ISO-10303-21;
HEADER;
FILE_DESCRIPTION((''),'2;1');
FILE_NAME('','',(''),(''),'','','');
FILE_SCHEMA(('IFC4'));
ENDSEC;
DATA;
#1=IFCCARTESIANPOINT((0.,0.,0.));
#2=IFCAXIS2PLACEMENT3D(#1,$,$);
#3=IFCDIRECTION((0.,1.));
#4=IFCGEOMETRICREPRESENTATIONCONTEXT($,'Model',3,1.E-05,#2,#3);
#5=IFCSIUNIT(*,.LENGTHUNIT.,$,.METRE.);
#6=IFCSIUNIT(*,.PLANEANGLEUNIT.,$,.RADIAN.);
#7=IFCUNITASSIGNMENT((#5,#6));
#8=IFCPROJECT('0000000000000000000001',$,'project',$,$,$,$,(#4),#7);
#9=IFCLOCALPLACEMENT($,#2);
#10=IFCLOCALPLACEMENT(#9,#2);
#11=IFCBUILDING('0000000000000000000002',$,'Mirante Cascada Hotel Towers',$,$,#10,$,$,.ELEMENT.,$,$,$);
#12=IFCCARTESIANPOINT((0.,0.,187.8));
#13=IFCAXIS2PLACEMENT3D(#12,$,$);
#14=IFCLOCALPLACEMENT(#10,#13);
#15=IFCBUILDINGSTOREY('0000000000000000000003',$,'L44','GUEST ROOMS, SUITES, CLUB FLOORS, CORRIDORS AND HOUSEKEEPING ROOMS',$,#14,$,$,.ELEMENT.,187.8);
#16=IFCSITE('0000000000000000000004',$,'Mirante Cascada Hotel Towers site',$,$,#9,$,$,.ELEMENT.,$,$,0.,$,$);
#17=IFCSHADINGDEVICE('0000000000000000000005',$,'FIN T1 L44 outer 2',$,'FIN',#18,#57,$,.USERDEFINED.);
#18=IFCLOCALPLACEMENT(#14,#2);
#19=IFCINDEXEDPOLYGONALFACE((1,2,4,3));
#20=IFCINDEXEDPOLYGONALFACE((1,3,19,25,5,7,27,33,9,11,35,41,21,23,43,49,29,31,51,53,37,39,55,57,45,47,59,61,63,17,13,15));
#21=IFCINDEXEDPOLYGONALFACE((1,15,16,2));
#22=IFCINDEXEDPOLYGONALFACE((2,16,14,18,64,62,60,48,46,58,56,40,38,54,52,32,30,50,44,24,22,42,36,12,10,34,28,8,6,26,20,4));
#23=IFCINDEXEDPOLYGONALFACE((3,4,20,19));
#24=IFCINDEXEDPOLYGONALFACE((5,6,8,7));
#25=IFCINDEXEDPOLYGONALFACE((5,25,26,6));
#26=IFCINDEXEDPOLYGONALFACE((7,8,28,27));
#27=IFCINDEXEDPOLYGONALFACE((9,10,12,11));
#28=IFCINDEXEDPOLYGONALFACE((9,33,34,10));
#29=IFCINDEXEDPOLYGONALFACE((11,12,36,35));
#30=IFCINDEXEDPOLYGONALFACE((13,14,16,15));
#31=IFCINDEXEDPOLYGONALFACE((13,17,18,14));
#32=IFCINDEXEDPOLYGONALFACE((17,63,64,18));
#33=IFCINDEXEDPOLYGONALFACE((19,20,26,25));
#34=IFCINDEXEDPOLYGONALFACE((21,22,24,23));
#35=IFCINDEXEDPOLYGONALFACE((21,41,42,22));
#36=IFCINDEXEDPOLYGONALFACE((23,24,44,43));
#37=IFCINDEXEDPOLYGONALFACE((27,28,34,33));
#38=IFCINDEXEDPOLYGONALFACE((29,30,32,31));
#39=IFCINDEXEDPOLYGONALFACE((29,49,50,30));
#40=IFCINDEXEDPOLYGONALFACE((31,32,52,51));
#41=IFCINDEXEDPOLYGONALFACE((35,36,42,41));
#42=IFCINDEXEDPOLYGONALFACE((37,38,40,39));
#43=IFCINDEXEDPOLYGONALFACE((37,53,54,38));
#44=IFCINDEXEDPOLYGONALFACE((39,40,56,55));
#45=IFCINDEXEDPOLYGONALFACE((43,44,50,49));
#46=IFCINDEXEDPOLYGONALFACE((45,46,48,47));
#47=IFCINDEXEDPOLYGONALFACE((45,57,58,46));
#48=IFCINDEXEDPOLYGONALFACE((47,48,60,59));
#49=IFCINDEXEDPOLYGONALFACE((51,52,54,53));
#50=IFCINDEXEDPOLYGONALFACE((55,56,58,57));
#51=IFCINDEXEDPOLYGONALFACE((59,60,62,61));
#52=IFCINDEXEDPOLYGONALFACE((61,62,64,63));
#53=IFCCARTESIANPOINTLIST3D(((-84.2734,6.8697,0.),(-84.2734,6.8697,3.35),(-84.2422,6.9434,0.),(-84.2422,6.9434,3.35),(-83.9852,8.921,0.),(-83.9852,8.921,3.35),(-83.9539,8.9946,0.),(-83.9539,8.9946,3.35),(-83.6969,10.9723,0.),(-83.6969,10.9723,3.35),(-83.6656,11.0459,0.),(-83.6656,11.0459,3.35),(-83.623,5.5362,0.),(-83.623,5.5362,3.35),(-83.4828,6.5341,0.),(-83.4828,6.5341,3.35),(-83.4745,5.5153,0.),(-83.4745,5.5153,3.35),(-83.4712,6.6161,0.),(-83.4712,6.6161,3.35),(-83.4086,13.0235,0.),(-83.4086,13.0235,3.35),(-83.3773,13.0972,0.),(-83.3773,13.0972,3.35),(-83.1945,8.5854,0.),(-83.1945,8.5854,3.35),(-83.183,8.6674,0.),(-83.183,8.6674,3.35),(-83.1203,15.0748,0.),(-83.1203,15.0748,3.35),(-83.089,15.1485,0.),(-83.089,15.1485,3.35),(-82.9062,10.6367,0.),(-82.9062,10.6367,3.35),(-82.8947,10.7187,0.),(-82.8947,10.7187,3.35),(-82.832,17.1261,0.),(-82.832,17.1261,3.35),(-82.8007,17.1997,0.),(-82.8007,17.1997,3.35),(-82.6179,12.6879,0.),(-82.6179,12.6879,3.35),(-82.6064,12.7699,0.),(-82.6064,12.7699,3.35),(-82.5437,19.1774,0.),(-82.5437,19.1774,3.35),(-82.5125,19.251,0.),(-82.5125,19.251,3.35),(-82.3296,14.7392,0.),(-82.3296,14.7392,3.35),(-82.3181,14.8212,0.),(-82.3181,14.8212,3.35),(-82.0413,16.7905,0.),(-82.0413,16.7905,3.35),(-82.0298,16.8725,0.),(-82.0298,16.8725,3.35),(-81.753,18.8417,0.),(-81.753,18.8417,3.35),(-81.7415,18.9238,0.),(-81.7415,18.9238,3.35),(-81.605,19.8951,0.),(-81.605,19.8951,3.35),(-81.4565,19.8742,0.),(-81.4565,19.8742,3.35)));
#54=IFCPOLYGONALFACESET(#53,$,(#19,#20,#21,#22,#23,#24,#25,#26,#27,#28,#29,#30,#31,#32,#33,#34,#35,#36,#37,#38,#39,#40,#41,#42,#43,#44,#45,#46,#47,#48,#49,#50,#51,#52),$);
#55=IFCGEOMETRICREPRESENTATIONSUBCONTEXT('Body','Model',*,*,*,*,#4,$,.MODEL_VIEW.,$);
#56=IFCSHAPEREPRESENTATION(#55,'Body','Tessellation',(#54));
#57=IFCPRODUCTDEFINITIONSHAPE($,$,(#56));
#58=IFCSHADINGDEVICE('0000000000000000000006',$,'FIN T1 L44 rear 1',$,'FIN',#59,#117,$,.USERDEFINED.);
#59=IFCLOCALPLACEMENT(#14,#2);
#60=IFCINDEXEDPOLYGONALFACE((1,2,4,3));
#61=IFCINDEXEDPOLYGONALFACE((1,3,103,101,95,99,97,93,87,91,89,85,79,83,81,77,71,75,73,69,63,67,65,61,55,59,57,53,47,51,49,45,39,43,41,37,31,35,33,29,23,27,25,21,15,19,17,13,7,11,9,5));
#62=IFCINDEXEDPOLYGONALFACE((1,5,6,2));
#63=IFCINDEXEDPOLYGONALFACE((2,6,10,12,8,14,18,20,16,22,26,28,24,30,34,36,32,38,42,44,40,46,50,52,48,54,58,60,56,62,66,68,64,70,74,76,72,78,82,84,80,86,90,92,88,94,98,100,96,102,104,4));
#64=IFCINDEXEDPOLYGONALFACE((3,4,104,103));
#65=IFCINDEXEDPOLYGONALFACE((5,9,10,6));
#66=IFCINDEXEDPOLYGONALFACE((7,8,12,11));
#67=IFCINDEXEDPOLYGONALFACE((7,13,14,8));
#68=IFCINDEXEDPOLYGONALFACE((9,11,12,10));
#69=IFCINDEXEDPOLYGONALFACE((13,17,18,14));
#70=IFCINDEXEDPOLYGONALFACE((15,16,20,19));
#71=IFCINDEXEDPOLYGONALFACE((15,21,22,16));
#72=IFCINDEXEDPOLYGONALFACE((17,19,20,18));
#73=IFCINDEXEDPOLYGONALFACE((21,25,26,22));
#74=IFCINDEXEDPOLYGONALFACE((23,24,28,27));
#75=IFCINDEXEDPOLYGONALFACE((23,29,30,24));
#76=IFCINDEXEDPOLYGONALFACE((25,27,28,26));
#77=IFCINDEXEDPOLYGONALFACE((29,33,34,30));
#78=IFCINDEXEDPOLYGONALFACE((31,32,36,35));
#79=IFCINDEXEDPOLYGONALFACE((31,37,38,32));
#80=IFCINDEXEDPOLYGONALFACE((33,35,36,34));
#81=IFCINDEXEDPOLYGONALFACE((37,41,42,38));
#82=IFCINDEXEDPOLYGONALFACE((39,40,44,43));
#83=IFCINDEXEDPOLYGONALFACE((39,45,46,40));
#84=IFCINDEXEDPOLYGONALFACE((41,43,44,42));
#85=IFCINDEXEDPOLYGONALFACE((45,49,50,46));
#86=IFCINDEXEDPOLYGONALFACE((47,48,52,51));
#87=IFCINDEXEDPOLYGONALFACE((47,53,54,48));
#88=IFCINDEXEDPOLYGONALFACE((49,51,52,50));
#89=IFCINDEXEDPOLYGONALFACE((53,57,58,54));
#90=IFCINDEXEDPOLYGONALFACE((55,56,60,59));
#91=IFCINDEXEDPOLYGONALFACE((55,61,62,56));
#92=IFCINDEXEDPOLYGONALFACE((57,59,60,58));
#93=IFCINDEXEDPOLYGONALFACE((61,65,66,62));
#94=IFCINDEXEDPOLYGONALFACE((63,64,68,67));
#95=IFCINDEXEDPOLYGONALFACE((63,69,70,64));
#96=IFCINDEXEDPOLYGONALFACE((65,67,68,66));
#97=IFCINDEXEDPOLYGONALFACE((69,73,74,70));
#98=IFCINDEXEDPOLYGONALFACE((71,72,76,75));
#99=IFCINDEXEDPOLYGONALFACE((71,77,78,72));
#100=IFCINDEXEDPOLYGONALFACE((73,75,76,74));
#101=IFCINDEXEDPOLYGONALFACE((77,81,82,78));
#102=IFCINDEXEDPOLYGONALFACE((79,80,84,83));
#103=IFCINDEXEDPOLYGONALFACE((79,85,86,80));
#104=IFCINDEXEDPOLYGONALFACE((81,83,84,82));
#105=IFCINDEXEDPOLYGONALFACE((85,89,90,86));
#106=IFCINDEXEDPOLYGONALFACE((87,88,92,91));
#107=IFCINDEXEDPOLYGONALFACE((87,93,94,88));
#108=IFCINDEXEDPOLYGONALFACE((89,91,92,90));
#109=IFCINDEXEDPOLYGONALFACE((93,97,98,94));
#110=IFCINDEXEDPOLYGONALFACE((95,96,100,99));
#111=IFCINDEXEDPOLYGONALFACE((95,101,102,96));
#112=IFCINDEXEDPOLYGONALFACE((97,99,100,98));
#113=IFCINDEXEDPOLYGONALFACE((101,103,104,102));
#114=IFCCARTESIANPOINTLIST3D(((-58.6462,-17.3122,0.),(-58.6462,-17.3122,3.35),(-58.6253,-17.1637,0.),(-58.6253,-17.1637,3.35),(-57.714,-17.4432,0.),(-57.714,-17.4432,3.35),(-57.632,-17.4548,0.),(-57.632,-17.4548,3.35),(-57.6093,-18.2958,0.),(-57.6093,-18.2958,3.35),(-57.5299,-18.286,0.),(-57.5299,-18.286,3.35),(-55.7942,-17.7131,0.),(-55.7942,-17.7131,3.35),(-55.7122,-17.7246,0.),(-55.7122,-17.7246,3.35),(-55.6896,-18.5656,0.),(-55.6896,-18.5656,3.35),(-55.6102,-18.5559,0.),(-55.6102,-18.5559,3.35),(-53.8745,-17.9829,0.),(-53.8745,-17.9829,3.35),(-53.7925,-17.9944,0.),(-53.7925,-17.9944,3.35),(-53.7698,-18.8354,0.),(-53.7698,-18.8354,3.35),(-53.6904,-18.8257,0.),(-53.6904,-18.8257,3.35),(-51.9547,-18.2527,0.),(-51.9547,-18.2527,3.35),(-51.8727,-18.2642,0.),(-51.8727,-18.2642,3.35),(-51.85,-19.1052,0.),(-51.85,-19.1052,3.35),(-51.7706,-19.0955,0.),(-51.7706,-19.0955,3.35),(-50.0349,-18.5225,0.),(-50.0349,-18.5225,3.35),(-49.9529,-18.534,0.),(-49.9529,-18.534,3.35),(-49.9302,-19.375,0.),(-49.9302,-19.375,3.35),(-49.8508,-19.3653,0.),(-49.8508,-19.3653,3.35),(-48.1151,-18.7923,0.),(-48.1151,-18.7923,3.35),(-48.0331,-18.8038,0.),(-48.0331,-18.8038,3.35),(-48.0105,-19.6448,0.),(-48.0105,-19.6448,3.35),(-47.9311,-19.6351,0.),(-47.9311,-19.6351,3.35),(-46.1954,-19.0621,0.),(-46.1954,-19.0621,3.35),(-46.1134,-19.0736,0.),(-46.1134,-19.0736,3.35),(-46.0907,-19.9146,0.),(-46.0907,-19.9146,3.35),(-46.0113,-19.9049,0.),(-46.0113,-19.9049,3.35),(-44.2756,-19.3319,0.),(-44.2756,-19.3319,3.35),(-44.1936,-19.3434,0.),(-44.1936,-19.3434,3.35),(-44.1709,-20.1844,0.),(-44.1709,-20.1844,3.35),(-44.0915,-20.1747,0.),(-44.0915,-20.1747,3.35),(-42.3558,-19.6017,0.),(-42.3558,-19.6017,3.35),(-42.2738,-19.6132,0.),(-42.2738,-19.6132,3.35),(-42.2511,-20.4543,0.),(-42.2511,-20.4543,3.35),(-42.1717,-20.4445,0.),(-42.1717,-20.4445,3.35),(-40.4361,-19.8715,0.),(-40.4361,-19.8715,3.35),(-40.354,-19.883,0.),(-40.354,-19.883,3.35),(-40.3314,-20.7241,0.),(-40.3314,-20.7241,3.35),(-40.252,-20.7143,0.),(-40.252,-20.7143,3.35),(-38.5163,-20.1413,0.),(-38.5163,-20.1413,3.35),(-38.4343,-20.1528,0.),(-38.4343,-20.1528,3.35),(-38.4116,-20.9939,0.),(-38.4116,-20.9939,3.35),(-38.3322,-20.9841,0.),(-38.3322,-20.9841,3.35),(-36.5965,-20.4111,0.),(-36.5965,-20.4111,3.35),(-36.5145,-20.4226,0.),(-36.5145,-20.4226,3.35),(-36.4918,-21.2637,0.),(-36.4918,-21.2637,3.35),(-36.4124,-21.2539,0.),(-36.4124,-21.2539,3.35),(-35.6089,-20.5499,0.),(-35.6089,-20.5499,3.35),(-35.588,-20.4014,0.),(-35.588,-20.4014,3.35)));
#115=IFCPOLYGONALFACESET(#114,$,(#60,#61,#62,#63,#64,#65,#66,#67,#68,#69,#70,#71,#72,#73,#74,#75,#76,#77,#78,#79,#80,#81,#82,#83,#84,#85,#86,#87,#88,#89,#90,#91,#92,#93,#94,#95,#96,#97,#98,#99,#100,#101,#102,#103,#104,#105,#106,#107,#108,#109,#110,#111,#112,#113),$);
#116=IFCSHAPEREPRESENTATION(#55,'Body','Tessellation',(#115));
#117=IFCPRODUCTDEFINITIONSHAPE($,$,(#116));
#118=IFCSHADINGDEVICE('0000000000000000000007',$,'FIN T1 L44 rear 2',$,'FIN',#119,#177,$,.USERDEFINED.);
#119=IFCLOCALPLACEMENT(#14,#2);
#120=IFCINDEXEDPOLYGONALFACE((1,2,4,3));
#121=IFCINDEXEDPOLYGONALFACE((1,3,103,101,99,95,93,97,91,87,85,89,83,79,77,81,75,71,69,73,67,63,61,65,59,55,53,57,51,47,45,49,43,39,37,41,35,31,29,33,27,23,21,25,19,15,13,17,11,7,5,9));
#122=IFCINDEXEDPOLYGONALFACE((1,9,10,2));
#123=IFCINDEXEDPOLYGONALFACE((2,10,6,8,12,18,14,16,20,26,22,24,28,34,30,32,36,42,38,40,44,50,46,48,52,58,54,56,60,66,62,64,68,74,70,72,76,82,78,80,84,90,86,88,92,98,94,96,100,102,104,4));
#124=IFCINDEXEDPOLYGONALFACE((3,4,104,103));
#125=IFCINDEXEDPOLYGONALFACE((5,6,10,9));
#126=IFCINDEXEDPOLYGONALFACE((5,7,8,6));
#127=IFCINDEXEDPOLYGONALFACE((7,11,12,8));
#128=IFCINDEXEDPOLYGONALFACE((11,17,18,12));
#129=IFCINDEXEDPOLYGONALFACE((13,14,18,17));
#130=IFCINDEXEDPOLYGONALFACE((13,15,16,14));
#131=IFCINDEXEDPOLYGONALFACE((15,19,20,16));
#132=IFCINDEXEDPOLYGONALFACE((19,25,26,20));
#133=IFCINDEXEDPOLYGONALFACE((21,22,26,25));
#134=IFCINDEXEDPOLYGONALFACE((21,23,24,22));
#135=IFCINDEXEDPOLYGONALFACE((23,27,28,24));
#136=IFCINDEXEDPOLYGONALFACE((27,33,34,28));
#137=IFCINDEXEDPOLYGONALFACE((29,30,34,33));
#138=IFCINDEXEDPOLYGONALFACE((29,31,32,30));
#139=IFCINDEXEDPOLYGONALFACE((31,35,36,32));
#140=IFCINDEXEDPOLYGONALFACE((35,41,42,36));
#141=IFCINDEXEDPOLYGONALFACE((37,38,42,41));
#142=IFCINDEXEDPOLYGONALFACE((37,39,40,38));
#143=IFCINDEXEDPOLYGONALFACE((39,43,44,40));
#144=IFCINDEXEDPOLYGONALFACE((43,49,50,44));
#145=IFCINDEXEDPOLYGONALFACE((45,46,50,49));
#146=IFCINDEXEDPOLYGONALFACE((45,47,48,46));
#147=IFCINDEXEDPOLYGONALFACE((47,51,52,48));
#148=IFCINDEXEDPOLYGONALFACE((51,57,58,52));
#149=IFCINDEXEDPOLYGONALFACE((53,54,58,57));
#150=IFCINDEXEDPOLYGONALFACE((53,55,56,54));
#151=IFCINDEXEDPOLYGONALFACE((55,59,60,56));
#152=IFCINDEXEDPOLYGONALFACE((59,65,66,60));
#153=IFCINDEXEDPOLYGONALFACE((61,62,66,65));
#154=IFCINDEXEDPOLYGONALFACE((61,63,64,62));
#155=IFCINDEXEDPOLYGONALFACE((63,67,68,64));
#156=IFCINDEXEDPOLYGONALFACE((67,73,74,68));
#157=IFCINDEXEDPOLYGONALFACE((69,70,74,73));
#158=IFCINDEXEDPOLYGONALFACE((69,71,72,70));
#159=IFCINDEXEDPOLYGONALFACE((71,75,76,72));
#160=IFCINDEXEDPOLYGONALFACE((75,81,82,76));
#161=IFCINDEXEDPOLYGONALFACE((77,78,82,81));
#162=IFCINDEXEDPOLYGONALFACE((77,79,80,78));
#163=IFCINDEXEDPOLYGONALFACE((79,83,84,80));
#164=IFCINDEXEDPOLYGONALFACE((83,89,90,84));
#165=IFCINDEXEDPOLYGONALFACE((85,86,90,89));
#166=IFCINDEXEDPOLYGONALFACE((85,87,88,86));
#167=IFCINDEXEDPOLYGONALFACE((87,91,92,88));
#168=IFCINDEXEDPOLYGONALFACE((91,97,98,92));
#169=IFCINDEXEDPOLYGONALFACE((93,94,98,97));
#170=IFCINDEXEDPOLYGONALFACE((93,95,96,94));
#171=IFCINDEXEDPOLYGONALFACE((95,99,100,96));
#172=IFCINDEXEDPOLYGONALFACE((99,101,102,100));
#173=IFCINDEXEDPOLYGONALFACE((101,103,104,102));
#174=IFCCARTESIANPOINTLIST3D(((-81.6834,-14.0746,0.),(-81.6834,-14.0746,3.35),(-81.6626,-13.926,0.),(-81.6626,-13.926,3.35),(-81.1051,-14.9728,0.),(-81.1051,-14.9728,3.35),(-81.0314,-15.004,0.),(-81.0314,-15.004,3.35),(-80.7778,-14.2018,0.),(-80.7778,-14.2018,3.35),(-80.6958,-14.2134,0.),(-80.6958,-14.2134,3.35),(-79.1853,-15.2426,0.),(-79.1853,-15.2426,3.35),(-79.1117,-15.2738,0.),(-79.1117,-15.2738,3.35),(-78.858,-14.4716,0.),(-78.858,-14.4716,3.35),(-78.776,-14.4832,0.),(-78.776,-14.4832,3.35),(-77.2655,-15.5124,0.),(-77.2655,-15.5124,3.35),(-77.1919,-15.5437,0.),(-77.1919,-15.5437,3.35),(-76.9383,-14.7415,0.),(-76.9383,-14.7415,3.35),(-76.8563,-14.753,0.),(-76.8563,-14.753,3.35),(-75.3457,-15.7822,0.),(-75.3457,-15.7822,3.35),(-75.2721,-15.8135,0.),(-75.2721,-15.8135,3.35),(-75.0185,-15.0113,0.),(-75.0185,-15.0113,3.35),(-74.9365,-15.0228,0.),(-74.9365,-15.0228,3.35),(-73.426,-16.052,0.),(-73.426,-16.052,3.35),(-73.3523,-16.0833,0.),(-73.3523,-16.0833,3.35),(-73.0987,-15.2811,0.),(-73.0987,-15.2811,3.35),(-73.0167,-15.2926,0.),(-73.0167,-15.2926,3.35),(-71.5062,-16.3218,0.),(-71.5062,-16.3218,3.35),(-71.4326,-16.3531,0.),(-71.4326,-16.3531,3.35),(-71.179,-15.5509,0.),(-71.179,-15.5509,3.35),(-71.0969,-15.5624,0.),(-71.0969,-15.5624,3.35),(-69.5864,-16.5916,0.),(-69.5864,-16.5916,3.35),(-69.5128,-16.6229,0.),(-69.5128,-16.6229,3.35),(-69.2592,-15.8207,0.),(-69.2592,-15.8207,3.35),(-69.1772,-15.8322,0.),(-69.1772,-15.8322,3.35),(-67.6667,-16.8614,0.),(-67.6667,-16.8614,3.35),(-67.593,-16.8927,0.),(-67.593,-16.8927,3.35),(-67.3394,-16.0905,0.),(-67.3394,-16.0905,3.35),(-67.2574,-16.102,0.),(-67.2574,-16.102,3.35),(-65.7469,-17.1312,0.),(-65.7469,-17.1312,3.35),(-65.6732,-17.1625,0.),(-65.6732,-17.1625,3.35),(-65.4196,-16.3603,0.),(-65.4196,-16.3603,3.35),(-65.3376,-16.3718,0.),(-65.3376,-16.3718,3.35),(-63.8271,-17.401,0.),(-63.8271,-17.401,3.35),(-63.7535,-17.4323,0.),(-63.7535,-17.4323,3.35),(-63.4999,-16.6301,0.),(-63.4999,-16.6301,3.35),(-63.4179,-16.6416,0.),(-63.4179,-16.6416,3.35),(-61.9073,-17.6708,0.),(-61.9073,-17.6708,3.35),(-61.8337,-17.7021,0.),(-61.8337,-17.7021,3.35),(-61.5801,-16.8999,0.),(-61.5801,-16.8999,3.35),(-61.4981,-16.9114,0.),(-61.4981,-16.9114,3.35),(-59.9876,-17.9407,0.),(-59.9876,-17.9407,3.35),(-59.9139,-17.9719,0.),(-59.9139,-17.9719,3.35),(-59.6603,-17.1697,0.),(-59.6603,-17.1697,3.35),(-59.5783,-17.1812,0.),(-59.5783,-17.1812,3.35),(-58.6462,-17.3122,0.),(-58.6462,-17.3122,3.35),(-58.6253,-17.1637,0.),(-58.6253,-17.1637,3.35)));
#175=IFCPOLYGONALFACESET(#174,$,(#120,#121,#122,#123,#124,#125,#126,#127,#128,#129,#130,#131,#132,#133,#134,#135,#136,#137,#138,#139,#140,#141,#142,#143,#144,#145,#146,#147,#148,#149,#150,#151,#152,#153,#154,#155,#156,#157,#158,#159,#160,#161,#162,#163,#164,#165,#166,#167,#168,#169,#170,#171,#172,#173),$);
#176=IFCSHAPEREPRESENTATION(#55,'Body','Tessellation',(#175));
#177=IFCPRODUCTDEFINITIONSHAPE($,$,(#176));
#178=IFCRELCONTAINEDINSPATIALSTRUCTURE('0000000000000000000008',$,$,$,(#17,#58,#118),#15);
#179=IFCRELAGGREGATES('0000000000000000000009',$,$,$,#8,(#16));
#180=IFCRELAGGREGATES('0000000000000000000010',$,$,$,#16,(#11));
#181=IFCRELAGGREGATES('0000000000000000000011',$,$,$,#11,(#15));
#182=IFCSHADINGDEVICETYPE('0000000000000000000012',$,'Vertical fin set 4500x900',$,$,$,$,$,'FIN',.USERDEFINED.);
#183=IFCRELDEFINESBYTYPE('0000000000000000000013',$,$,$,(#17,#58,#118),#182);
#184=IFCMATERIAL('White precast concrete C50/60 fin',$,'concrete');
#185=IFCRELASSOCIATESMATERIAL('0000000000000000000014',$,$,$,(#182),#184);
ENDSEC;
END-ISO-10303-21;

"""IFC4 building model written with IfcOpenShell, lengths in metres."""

from ifc_helpers import new_model, si_unit, direction, frame, origin, place, context, subcontext, project, spatial, polyline, outline, extrude, material, type_object, element, save


model = new_model("IFC4")

# Units and contexts
model_context = context("Model", 3, precision=1e-05, world=origin(), true_north=direction((0.0, 1.0)))
body_context = subcontext(model_context, "Body", "Model", "MODEL_VIEW")
ifc_project = project(units=[si_unit("LENGTHUNIT", "METRE"), si_unit("PLANEANGLEUNIT", "RADIAN")], contexts=[model_context])

# Site, building, storey
site_placement = place(None, origin())
site = spatial("IfcSite", under=ifc_project, at=site_placement, Name="Mirante Cascada Hotel Towers site", CompositionType="ELEMENT", RefElevation=0.0)
building_placement = place(site_placement, origin())
building = spatial("IfcBuilding", under=site, at=building_placement, Name="Mirante Cascada Hotel Towers", CompositionType="ELEMENT")
storey_placement = place(building_placement, frame((0.0, 0.0, 187.8)))
storey = spatial("IfcBuildingStorey", under=building, at=storey_placement, Name="L44", Description="GUEST ROOMS, SUITES, CLUB FLOORS, CORRIDORS AND HOUSEKEEPING ROOMS", CompositionType="ELEMENT", Elevation=187.8)

# Shading devices
ifc_material_1 = material(Name="White precast concrete C50/60 fin", Category="concrete")
shading_device_type = type_object("IfcShadingDeviceType", Name="Vertical fin set 4500x900", ElementType="FIN", PredefinedType="USERDEFINED", material=ifc_material_1)
shading_device_1_placement = place(storey_placement, origin())
element("IfcShadingDevice", 1, at=shading_device_1_placement, inside=storey, type_object=shading_device_type, Name="FIN T1 L44 outer 2", ObjectType="FIN", PredefinedType="USERDEFINED", context=body_context, shape_type="SweptSolid", body=[
    extrude(outline(polyline([(-83.4712, 6.6161), (-83.1945, 8.5854), (-83.9852, 8.921), (-83.9539, 8.9946), (-83.183, 8.6674), (-82.9062, 10.6367), (-83.6969, 10.9723), (-83.6656, 11.0459), (-82.8947, 10.7187), (-82.6179, 12.6879), (-83.4086, 13.0235), (-83.3773, 13.0972), (-82.6064, 12.7699), (-82.3296, 14.7392), (-83.1203, 15.0748), (-83.089, 15.1485), (-82.3181, 14.8212), (-82.0413, 16.7905), (-82.832, 17.1261), (-82.8007, 17.1997), (-82.0298, 16.8725), (-81.753, 18.8417), (-82.5437, 19.1774), (-82.5125, 19.251), (-81.7415, 18.9238), (-81.605, 19.8951), (-81.4565, 19.8742), (-83.4745, 5.5153), (-83.623, 5.5362), (-83.4828, 6.5341), (-84.2734, 6.8697), (-84.2422, 6.9434), (-83.4712, 6.6161)])), origin(), (0.0, 0.0, 1.0), 3.35),
])
shading_device_2_placement = place(storey_placement, origin())
element("IfcShadingDevice", 2, at=shading_device_2_placement, inside=storey, type_object=shading_device_type, Name="FIN T1 L44 rear 1", ObjectType="FIN", PredefinedType="USERDEFINED", context=body_context, shape_type="SweptSolid", body=[
    extrude(outline(polyline([(-48.1151, -18.7923), (-49.9529, -18.534), (-49.8508, -19.3653), (-49.9302, -19.375), (-50.0349, -18.5225), (-51.8727, -18.2642), (-51.7706, -19.0955), (-51.85, -19.1052), (-51.9547, -18.2527), (-53.7925, -17.9944), (-53.6904, -18.8257), (-53.7698, -18.8354), (-53.8745, -17.9829), (-55.7122, -17.7246), (-55.6102, -18.5559), (-55.6896, -18.5656), (-55.7942, -17.7131), (-57.632, -17.4548), (-57.5299, -18.286), (-57.6093, -18.2958), (-57.714, -17.4432), (-58.6462, -17.3122), (-58.6253, -17.1637), (-35.588, -20.4014), (-35.6089, -20.5499), (-36.5145, -20.4226), (-36.4124, -21.2539), (-36.4918, -21.2637), (-36.5965, -20.4111), (-38.4343, -20.1528), (-38.3322, -20.9841), (-38.4116, -20.9939), (-38.5163, -20.1413), (-40.354, -19.883), (-40.252, -20.7143), (-40.3314, -20.7241), (-40.4361, -19.8715), (-42.2738, -19.6132), (-42.1717, -20.4445), (-42.2511, -20.4543), (-42.3558, -19.6017), (-44.1936, -19.3434), (-44.0915, -20.1747), (-44.1709, -20.1844), (-44.2756, -19.3319), (-46.1134, -19.0736), (-46.0113, -19.9049), (-46.0907, -19.9146), (-46.1954, -19.0621), (-48.0331, -18.8038), (-47.9311, -19.6351), (-48.0105, -19.6448), (-48.1151, -18.7923)])), origin(), (0.0, 0.0, 1.0), 3.35),
])
shading_device_3_placement = place(storey_placement, origin())
element("IfcShadingDevice", 3, at=shading_device_3_placement, inside=storey, type_object=shading_device_type, Name="FIN T1 L44 rear 2", ObjectType="FIN", PredefinedType="USERDEFINED", context=body_context, shape_type="SweptSolid", body=[
    extrude(outline(polyline([(-71.179, -15.5509), (-73.0167, -15.2926), (-73.3523, -16.0833), (-73.426, -16.052), (-73.0987, -15.2811), (-74.9365, -15.0228), (-75.2721, -15.8135), (-75.3457, -15.7822), (-75.0185, -15.0113), (-76.8563, -14.753), (-77.1919, -15.5437), (-77.2655, -15.5124), (-76.9383, -14.7415), (-78.776, -14.4832), (-79.1117, -15.2738), (-79.1853, -15.2426), (-78.858, -14.4716), (-80.6958, -14.2134), (-81.0314, -15.004), (-81.1051, -14.9728), (-80.7778, -14.2018), (-81.6834, -14.0746), (-81.6626, -13.926), (-58.6253, -17.1637), (-58.6462, -17.3122), (-59.5783, -17.1812), (-59.9139, -17.9719), (-59.9876, -17.9407), (-59.6603, -17.1697), (-61.4981, -16.9114), (-61.8337, -17.7021), (-61.9073, -17.6708), (-61.5801, -16.8999), (-63.4179, -16.6416), (-63.7535, -17.4323), (-63.8271, -17.401), (-63.4999, -16.6301), (-65.3376, -16.3718), (-65.6732, -17.1625), (-65.7469, -17.1312), (-65.4196, -16.3603), (-67.2574, -16.102), (-67.593, -16.8927), (-67.6667, -16.8614), (-67.3394, -16.0905), (-69.1772, -15.8322), (-69.5128, -16.6229), (-69.5864, -16.5916), (-69.2592, -15.8207), (-71.0969, -15.5624), (-71.4326, -16.3531), (-71.5062, -16.3218), (-71.179, -15.5509)])), origin(), (0.0, 0.0, 1.0), 3.35),
])

save(model, "model.ifc")
